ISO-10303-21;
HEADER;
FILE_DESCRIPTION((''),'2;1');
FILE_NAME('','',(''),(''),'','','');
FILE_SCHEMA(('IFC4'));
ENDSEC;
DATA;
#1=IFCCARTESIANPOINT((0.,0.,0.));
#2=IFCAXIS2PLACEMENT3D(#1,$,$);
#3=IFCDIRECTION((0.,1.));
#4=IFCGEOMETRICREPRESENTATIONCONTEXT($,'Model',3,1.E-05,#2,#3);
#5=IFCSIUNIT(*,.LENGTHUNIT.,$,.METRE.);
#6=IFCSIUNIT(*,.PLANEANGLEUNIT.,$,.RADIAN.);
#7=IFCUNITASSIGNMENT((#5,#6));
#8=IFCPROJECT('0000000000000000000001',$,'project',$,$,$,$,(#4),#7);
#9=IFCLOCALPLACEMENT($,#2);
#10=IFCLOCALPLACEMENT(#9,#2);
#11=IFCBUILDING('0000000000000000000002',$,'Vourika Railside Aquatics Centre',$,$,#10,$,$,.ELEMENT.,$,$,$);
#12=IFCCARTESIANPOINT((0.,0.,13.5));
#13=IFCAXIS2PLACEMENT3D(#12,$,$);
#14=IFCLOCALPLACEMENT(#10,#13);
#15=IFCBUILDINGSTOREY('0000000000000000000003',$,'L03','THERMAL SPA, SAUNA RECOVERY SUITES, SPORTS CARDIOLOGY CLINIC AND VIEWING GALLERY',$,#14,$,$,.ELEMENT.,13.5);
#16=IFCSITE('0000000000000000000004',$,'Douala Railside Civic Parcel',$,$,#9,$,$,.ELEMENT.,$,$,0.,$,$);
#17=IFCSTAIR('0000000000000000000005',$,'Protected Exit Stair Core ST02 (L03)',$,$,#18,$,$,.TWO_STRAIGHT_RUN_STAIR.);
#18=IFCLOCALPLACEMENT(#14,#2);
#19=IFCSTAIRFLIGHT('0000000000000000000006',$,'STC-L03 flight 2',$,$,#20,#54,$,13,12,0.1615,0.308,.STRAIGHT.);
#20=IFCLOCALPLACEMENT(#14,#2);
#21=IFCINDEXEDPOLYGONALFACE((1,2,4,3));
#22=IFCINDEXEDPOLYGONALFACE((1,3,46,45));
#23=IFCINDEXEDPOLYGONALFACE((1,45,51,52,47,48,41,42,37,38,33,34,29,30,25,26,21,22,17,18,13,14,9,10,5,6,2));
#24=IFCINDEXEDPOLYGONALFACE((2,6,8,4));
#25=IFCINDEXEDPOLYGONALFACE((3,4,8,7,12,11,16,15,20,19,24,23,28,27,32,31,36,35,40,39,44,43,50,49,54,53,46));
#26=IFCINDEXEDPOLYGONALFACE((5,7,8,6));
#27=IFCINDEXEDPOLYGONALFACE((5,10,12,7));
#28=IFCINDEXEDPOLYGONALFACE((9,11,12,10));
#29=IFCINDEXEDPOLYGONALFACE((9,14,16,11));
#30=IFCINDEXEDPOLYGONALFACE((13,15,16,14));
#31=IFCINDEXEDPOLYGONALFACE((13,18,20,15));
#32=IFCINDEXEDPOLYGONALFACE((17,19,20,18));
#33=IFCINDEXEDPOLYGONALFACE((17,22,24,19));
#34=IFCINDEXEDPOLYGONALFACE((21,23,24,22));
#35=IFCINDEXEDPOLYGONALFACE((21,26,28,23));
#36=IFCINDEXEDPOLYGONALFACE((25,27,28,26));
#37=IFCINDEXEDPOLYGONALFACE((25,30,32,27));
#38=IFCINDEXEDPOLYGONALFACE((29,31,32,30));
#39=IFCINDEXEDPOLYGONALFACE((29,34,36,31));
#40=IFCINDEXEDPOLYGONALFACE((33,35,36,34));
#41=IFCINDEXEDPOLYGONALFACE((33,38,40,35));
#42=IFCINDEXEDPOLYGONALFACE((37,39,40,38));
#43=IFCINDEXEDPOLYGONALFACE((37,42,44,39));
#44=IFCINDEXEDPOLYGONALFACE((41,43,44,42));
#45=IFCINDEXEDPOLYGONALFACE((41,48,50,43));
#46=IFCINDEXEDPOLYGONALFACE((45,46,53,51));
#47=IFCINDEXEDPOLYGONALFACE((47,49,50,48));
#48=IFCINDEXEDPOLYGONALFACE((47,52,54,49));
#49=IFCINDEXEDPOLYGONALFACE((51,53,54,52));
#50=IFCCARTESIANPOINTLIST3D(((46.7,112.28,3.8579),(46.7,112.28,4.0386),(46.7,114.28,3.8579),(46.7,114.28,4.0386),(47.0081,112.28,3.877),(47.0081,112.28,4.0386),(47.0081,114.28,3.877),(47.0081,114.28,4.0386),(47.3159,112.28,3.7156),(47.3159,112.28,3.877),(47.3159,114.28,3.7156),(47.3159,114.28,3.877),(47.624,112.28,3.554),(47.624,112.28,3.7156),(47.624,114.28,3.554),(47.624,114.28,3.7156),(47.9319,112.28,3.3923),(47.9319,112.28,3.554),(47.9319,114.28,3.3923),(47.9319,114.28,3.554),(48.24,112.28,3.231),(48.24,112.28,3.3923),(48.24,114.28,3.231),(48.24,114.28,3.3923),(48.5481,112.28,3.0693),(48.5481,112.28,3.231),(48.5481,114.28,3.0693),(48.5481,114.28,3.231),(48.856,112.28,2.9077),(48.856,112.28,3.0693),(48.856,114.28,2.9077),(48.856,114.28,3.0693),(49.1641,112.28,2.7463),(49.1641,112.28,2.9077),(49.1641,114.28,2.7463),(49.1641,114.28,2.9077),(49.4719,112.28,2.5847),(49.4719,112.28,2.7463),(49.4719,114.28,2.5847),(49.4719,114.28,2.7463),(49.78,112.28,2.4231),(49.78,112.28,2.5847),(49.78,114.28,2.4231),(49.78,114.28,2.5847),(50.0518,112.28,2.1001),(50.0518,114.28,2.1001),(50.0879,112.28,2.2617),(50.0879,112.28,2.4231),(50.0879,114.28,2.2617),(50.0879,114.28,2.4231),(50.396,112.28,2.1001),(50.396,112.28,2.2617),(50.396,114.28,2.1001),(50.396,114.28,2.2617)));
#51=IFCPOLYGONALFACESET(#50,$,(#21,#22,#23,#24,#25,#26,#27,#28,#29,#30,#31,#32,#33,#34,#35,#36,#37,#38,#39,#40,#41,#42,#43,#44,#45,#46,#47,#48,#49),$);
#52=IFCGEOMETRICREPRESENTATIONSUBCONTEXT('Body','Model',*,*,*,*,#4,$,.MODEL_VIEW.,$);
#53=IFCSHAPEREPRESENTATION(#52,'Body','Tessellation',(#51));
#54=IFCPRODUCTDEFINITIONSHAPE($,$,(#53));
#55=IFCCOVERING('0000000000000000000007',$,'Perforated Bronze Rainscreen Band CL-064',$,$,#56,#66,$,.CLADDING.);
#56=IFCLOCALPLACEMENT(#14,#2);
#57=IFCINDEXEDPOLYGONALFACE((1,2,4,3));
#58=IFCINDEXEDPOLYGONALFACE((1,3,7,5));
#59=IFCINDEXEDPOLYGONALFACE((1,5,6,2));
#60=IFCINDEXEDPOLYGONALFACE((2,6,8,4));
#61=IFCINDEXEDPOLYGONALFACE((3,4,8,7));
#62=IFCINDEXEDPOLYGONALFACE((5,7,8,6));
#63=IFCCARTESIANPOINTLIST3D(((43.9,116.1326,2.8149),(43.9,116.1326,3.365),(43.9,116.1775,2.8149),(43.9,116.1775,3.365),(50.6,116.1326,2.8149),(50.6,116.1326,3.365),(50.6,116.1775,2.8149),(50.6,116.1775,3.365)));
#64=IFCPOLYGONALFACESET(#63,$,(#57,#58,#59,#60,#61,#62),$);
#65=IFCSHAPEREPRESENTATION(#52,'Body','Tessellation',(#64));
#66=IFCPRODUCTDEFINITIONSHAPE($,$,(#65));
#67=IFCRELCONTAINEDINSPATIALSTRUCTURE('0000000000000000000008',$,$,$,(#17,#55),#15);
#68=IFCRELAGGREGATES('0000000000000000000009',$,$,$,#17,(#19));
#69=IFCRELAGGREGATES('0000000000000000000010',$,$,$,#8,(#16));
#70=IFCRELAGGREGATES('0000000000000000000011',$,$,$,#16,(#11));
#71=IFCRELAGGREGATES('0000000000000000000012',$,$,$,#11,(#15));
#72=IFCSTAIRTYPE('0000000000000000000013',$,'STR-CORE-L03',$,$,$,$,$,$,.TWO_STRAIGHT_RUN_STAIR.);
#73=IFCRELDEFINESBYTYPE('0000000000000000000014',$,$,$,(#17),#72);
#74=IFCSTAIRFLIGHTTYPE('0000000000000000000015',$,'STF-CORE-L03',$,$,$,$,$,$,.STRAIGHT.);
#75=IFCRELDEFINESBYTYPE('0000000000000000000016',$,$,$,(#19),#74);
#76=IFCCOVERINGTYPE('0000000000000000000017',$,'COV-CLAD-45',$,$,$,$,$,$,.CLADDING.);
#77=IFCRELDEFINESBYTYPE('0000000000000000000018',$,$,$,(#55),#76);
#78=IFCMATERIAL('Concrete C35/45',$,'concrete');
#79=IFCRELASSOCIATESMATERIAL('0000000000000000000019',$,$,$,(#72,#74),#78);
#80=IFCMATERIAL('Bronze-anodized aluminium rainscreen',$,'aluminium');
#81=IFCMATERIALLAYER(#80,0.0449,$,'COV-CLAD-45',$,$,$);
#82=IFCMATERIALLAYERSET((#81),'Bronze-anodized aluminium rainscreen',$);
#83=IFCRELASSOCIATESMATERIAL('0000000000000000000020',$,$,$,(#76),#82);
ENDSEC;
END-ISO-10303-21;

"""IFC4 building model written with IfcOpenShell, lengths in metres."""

from ifc_helpers import new_model, si_unit, direction, frame, origin, origin_2d, place, context, subcontext, project, spatial, polyline, rectangle, outline, extrude, material, layer, layer_set, type_object, element, aggregate, save


model = new_model("IFC4")

# Units and contexts
model_context = context("Model", 3, precision=1e-05, world=origin(), true_north=direction((0.0, 1.0)))
body_context = subcontext(model_context, "Body", "Model", "MODEL_VIEW")
ifc_project = project(units=[si_unit("LENGTHUNIT", "METRE"), si_unit("PLANEANGLEUNIT", "RADIAN")], contexts=[model_context])

# Site, building, storey
site_placement = place(None, origin())
site = spatial("IfcSite", under=ifc_project, at=site_placement, Name="Douala Railside Civic Parcel", CompositionType="ELEMENT", RefElevation=0.0)
building_placement = place(site_placement, origin())
building = spatial("IfcBuilding", under=site, at=building_placement, Name="Vourika Railside Aquatics Centre", CompositionType="ELEMENT")
storey_placement = place(building_placement, frame((0.0, 0.0, 13.5)))
storey = spatial("IfcBuildingStorey", under=building, at=storey_placement, Name="L03", Description="THERMAL SPA, SAUNA RECOVERY SUITES, SPORTS CARDIOLOGY CLINIC AND VIEWING GALLERY", CompositionType="ELEMENT", Elevation=13.5)

# Shared definitions
ifc_material_1 = material(Name="Concrete C35/45", Category="concrete")

# Stair, stair flight
stair_type = type_object("IfcStairType", Name="STR-CORE-L03", PredefinedType="TWO_STRAIGHT_RUN_STAIR", material=ifc_material_1)
stair_placement = place(storey_placement, origin())
stair = element("IfcStair", 1, at=stair_placement, inside=storey, type_object=stair_type, Name="Protected Exit Stair Core ST02 (L03)", PredefinedType="TWO_STRAIGHT_RUN_STAIR")
stair_flight_type = type_object("IfcStairFlightType", Name="STF-CORE-L03", PredefinedType="STRAIGHT", material=ifc_material_1)
stair_flight_1_placement = place(storey_placement, frame((50.396, 113.28, 2.1001), z_axis=(0.0, 0.0, 1.0), x_axis=(-1.0, 0.0, 0.0)))
stair_flight_1 = element("IfcStairFlight", 2, at=stair_flight_1_placement, type_object=stair_flight_type, Name="STC-L03 flight 2", NumberOfRisers=13, NumberOfTreads=12, PredefinedType="STRAIGHT", RiserHeight=0.1615, TreadLength=0.308, context=body_context, shape_type="SweptSolid", body=[
    extrude(outline(polyline([(0.0, 0.0), (0.0, 0.1616), (0.3081, 0.1616), (0.3081, 0.323), (0.616, 0.323), (0.616, 0.4846), (0.9241, 0.4846), (0.9241, 0.6462), (1.2319, 0.6462), (1.2319, 0.8076), (1.54, 0.8076), (1.54, 0.9692), (1.8479, 0.9692), (1.8479, 1.1309), (2.156, 1.1309), (2.156, 1.2922), (2.4641, 1.2922), (2.4641, 1.4539), (2.772, 1.4539), (2.772, 1.6155), (3.0801, 1.6155), (3.0801, 1.7769), (3.3879, 1.7769), (3.3879, 1.9385), (3.696, 1.9385), (3.696, 2.1001), (3.696, 1.7578), (0.3442, 0.0), (0.0, 0.0)])), frame((0.0, 1.0, 0.0), z_axis=(0.0, -1.0, 0.0), x_axis=(1.0, 0.0, 0.0)), (0.0, 0.0, 1.0), 2.0),
])
aggregate(stair, [stair_flight_1])

# Covering
ifc_material_2 = material(Name="Bronze-anodized aluminium rainscreen", Category="aluminium")
ifc_layer_1 = layer(ifc_material_2, 0.0449, Name="COV-CLAD-45")
ifc_layer_set_1 = layer_set([ifc_layer_1], Name="Bronze-anodized aluminium rainscreen")
covering_type = type_object("IfcCoveringType", Name="COV-CLAD-45", PredefinedType="CLADDING", material=ifc_layer_set_1)
covering_placement = place(storey_placement, frame((47.25, 116.155, 2.8149), z_axis=(0.0, 0.0, 1.0), x_axis=(-1.0, 0.0, 0.0)))
element("IfcCovering", 3, at=covering_placement, inside=storey, type_object=covering_type, Name="Perforated Bronze Rainscreen Band CL-064", PredefinedType="CLADDING", context=body_context, shape_type="SweptSolid", body=[
    extrude(rectangle(XDim=6.7, YDim=0.0449, at=origin_2d()), origin(), (0.0, 0.0, 1.0), 0.55),
])

save(model, "model.ifc")
